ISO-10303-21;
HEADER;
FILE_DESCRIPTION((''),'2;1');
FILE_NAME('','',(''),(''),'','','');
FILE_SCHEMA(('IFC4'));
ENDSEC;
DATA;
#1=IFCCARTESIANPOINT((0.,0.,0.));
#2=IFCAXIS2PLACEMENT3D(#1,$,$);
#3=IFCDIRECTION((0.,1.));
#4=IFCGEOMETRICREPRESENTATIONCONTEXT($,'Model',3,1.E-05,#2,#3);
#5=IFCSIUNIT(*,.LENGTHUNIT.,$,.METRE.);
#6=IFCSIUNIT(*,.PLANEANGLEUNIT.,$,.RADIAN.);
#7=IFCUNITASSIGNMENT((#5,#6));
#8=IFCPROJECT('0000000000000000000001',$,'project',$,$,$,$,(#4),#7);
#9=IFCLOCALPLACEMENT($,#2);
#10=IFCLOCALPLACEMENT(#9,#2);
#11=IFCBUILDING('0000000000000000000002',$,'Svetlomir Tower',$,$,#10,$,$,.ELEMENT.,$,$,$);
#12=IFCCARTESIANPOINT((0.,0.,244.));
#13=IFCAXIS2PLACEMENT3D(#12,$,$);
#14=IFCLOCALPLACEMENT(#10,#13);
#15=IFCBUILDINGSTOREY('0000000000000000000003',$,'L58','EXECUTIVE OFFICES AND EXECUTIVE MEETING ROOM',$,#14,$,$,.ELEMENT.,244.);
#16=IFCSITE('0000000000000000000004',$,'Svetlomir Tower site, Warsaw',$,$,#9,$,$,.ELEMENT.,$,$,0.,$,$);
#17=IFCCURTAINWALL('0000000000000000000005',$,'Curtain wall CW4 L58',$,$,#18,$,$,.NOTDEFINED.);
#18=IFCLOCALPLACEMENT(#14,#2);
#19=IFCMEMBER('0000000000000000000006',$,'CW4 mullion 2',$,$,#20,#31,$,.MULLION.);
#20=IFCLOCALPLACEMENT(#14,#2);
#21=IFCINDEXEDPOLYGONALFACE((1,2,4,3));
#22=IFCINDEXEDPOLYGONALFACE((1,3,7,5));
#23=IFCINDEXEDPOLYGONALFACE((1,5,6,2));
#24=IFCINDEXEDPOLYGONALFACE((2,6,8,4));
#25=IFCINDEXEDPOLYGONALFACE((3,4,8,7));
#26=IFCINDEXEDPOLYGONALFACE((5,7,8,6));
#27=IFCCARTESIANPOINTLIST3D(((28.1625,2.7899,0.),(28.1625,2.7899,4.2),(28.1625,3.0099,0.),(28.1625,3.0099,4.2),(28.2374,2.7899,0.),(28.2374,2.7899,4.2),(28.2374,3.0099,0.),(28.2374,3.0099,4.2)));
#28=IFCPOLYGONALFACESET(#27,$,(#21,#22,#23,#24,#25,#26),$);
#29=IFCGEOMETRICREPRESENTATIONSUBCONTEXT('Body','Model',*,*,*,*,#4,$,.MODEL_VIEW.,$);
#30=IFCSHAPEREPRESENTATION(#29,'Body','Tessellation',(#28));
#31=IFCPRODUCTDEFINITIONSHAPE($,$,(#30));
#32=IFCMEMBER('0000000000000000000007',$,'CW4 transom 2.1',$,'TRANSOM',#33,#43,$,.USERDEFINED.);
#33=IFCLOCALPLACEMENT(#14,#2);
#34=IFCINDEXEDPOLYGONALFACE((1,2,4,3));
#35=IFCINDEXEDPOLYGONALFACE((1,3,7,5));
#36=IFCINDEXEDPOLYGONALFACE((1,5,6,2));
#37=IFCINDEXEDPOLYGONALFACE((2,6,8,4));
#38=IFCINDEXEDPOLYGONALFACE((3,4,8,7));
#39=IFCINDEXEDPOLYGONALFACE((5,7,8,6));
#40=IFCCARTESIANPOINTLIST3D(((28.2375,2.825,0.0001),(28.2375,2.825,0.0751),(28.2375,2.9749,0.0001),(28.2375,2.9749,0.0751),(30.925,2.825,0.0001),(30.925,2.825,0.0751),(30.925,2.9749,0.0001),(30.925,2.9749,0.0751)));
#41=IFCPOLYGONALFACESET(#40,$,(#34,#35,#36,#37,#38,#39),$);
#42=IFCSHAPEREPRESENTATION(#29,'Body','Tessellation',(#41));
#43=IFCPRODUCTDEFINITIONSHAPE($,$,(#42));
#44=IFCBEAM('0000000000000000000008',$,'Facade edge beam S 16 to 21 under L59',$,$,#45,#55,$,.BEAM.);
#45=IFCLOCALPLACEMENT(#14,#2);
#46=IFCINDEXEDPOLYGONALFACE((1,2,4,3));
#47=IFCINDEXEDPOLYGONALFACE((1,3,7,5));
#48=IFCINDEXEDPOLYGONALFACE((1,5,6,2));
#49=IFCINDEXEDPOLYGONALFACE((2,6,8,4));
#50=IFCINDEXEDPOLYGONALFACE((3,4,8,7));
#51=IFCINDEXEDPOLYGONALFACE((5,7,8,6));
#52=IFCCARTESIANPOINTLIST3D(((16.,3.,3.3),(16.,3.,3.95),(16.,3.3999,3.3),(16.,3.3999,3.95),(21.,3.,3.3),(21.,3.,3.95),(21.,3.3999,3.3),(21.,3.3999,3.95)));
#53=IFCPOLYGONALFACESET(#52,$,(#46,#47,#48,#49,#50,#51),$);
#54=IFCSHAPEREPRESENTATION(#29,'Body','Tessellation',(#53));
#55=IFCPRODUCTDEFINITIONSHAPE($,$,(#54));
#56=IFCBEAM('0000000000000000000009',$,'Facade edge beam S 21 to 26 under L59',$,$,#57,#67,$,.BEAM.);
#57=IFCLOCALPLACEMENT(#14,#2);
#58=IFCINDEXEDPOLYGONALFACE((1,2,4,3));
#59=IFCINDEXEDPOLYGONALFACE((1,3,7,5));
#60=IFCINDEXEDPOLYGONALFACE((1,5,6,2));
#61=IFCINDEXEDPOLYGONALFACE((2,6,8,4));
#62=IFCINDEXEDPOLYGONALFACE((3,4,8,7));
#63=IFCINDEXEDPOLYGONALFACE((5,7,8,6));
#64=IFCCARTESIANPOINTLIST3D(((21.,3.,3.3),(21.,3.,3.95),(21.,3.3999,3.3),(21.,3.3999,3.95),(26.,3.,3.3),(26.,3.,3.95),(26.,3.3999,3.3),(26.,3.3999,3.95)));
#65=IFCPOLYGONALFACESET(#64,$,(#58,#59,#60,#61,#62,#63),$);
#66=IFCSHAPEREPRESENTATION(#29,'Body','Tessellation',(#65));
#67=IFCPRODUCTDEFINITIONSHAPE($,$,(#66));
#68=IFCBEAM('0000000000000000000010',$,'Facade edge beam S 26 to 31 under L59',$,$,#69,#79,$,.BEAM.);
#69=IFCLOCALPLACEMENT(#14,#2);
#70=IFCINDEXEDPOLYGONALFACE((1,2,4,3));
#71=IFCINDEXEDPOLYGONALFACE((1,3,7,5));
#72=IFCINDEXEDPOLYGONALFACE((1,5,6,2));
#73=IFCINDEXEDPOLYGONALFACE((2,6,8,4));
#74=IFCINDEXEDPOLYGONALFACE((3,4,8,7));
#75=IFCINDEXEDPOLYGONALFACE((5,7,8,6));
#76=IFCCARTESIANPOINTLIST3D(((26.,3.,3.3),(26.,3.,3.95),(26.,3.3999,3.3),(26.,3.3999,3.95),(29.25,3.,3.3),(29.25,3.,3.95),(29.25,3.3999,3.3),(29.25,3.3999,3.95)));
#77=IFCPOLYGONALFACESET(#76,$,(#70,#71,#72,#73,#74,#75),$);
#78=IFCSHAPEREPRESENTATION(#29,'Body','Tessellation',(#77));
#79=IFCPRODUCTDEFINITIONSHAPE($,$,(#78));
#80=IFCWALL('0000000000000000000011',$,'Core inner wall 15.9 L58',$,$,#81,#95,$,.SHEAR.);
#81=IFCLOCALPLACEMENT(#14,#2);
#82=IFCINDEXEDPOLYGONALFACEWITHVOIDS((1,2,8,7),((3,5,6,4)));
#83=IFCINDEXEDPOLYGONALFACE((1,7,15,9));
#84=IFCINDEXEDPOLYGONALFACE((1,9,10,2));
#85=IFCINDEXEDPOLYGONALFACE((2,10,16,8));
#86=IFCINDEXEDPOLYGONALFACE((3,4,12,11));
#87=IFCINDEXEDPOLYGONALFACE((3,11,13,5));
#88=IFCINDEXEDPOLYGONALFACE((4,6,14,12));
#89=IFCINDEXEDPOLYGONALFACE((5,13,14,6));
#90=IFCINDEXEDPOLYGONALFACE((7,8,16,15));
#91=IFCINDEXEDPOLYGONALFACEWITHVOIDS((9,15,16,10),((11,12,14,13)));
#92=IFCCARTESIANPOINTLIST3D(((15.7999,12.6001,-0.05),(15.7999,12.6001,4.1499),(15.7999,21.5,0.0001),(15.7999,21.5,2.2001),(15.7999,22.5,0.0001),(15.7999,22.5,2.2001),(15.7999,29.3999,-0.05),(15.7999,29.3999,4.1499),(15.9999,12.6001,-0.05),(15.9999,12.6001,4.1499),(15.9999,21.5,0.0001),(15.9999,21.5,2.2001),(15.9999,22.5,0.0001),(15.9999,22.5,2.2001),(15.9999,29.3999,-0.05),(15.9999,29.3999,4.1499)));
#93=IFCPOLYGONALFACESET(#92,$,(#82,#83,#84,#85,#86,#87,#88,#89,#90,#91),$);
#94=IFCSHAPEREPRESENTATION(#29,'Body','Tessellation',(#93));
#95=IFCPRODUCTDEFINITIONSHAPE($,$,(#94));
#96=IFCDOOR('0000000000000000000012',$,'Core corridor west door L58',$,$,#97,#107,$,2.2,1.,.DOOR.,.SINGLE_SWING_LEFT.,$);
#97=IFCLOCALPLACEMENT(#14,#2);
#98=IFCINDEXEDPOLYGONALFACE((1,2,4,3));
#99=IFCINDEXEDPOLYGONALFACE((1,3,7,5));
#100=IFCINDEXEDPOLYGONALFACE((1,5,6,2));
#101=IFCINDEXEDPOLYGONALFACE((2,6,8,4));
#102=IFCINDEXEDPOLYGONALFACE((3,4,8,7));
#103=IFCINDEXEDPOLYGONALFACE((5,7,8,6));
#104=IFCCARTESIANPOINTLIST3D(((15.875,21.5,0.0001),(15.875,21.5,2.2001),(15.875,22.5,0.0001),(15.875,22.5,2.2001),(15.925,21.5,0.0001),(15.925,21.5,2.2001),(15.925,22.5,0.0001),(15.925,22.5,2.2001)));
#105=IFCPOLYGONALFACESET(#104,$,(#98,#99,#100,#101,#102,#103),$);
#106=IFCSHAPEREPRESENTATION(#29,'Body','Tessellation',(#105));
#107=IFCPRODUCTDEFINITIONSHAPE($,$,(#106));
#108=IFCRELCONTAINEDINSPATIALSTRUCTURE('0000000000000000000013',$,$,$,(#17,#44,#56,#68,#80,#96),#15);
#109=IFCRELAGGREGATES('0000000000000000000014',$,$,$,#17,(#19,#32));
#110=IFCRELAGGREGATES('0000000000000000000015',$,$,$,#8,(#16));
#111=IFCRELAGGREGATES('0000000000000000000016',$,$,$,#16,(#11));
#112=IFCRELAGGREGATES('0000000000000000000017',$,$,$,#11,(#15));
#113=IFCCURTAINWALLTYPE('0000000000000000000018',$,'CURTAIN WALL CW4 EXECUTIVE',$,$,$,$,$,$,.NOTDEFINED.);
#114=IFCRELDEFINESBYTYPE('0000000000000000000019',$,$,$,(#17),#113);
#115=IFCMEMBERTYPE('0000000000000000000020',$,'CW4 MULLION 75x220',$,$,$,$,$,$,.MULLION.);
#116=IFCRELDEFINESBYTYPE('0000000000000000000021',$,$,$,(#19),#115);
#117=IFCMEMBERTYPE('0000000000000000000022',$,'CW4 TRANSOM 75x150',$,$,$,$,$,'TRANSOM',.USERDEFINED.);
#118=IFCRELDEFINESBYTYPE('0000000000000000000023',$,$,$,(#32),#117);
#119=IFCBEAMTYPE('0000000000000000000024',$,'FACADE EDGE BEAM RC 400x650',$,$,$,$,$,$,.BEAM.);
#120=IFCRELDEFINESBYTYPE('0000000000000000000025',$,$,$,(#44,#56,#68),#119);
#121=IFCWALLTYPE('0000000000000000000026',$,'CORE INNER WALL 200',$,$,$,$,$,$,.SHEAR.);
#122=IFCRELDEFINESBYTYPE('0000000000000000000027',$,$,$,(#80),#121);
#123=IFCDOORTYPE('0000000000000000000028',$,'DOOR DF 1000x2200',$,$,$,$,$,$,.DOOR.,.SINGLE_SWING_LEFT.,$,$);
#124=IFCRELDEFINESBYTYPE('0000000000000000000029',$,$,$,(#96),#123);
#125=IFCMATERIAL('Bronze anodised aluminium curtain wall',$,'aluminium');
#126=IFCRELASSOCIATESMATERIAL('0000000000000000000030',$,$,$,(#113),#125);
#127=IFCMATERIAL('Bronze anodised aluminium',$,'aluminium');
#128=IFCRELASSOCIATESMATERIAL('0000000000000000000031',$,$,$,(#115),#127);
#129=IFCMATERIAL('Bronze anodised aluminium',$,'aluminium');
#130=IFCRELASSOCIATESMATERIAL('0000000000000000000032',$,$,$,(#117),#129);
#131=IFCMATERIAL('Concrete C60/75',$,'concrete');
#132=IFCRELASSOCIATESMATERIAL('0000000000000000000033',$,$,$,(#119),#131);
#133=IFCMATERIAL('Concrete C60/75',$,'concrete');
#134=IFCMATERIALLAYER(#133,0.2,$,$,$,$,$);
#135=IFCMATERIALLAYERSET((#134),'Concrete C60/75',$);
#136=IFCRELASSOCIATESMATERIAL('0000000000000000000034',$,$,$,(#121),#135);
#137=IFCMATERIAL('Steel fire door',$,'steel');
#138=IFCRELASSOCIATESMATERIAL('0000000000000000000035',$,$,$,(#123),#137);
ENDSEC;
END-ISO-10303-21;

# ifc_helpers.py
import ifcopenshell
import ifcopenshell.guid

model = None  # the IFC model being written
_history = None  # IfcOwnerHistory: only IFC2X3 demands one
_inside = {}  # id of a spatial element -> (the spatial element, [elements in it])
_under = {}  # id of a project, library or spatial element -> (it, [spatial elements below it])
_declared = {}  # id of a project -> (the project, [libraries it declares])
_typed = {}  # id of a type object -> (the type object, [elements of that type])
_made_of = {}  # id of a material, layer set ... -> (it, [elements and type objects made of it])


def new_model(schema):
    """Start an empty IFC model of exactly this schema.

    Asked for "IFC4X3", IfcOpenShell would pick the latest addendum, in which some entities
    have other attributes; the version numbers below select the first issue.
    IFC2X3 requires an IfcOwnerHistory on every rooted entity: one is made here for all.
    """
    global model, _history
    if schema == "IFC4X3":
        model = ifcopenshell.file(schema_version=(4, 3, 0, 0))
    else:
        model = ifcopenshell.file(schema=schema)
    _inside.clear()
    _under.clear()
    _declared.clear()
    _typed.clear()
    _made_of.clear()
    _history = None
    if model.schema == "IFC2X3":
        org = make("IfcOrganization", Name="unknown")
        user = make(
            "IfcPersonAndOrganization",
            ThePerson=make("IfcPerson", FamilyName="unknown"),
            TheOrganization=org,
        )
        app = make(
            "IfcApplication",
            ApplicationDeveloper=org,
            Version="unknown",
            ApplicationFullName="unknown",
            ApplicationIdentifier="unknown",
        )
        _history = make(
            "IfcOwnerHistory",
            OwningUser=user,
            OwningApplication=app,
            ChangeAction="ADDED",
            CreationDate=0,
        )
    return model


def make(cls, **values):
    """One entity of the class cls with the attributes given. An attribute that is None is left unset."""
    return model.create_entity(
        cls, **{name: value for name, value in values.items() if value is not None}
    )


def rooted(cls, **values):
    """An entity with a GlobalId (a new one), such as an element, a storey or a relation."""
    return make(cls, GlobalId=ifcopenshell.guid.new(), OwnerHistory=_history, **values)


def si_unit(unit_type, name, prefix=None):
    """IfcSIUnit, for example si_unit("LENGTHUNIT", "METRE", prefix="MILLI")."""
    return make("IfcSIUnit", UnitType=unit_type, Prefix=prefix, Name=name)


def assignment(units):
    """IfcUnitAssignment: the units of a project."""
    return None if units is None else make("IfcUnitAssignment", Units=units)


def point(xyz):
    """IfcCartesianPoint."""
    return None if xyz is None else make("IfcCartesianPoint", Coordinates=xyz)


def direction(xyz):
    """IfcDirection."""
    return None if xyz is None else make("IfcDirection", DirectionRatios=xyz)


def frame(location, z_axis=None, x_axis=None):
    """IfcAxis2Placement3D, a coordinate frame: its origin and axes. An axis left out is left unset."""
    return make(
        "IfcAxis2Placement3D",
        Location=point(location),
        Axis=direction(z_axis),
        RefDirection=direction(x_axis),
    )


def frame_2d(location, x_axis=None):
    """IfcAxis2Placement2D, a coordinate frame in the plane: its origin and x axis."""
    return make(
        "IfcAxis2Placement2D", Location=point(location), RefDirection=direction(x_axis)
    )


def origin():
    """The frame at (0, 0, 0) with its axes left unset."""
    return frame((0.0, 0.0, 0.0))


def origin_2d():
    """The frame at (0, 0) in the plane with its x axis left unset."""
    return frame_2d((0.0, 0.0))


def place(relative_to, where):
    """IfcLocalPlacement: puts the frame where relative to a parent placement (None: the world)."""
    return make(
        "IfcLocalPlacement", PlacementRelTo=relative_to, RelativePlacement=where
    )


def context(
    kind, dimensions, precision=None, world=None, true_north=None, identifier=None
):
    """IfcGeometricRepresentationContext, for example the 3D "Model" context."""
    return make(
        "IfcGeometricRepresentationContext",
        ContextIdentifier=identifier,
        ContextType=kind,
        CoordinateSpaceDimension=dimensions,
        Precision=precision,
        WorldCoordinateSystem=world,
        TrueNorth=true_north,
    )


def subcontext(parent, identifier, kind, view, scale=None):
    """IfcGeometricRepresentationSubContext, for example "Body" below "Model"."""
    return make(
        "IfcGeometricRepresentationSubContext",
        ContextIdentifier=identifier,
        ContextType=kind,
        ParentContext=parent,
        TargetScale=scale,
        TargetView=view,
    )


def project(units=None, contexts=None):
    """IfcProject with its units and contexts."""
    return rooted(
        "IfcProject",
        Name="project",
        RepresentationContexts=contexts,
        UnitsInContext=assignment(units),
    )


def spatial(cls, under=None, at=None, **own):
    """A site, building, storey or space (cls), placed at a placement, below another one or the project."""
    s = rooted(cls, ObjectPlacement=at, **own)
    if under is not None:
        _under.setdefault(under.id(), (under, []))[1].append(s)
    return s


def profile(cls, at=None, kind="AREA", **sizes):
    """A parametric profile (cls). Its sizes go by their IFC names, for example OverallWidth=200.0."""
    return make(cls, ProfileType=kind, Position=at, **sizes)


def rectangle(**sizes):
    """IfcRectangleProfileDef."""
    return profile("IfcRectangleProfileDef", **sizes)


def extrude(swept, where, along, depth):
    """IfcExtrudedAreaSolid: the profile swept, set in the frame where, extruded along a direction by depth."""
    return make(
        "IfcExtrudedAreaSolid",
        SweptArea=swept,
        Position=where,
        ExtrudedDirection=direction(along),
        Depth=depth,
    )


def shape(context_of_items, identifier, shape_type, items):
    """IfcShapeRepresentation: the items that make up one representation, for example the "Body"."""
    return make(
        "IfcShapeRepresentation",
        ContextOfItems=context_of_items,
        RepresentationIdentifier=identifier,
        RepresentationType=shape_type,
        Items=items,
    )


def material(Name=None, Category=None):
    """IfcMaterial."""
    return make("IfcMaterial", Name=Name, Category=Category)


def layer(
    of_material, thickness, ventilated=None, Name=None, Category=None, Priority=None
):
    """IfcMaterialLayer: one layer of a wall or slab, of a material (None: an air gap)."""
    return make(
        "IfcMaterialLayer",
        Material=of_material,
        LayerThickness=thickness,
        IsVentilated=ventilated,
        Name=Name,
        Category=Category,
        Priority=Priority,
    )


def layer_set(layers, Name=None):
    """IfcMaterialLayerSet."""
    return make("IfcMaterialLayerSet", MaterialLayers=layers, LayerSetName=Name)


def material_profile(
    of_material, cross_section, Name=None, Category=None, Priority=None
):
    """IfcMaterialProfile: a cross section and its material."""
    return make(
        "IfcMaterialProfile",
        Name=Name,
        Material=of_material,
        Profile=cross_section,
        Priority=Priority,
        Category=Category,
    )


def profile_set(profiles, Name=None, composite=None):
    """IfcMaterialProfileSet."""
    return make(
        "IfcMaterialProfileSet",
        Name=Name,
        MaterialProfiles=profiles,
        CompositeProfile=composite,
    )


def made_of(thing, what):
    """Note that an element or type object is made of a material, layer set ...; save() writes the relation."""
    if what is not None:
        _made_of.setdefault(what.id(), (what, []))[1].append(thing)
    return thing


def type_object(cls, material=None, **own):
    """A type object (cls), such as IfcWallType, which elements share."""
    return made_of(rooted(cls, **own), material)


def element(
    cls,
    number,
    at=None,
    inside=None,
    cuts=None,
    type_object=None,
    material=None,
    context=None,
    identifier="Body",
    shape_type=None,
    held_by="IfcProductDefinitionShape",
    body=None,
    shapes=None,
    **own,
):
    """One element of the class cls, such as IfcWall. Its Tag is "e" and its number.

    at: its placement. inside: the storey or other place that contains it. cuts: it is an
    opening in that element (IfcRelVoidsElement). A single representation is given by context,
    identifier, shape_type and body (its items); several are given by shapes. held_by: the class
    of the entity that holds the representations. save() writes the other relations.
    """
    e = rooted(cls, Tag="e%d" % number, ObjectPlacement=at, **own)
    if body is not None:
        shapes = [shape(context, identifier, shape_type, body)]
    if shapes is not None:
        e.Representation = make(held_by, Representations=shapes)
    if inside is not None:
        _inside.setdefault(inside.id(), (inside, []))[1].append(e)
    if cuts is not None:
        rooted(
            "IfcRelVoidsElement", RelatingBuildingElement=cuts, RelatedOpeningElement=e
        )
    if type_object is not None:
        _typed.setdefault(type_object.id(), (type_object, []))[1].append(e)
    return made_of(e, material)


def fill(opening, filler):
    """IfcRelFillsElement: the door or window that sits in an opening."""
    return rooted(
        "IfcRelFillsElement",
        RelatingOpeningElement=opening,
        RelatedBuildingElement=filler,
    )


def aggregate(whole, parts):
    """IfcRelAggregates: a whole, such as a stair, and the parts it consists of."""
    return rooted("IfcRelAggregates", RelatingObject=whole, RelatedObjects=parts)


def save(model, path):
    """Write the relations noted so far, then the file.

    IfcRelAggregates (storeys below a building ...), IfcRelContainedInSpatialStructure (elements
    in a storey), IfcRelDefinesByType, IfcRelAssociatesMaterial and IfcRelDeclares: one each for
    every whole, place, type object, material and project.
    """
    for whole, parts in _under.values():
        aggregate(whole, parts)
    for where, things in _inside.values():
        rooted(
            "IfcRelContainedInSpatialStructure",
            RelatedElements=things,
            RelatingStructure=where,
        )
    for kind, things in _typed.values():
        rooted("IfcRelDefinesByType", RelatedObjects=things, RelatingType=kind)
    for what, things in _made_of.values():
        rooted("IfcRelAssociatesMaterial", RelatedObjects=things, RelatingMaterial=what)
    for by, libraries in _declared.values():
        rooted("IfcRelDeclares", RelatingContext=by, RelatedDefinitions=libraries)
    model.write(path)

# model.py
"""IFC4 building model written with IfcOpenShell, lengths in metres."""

from ifc_helpers import new_model, si_unit, direction, frame, frame_2d, origin, origin_2d, place, context, subcontext, project, spatial, rectangle, extrude, material, layer, layer_set, material_profile, profile_set, type_object, element, fill, aggregate, save


model = new_model("IFC4")

# Units and contexts
model_context = context("Model", 3, precision=1e-05, world=origin(), true_north=direction((0.0, 1.0)))
body_context = subcontext(model_context, "Body", "Model", "MODEL_VIEW")
ifc_project = project(units=[si_unit("LENGTHUNIT", "METRE"), si_unit("PLANEANGLEUNIT", "RADIAN")], contexts=[model_context])

# Site, building, storey
site_placement = place(None, origin())
site = spatial("IfcSite", under=ifc_project, at=site_placement, Name="Svetlomir Tower site, Warsaw", CompositionType="ELEMENT", RefElevation=0.0)
building_placement = place(site_placement, origin())
building = spatial("IfcBuilding", under=site, at=building_placement, Name="Svetlomir Tower", CompositionType="ELEMENT")
storey_placement = place(building_placement, frame((0.0, 0.0, 244.0)))
storey = spatial("IfcBuildingStorey", under=building, at=storey_placement, Name="L58", Description="EXECUTIVE OFFICES AND EXECUTIVE MEETING ROOM", CompositionType="ELEMENT", Elevation=244.0)

# Curtain wall, members
ifc_material_1 = material(Name="Bronze anodised aluminium curtain wall", Category="aluminium")
curtain_wall_type = type_object("IfcCurtainWallType", Name="CURTAIN WALL CW4 EXECUTIVE", PredefinedType="NOTDEFINED", material=ifc_material_1)
curtain_wall_placement = place(storey_placement, origin())
curtain_wall = element("IfcCurtainWall", 1, at=curtain_wall_placement, inside=storey, type_object=curtain_wall_type, Name="Curtain wall CW4 L58", PredefinedType="NOTDEFINED")
ifc_material_2 = material(Name="Bronze anodised aluminium", Category="aluminium")
ifc_material_profile_1 = material_profile(ifc_material_2, rectangle(XDim=0.075, YDim=0.22, at=origin_2d()), Name="AL 75x220")
ifc_profile_set_1 = profile_set([ifc_material_profile_1], Name="Bronze anodised aluminium 6063-T6")
member_type_1 = type_object("IfcMemberType", Name="CW4 MULLION 75x220", PredefinedType="MULLION", material=ifc_profile_set_1)
member_1_placement = place(storey_placement, frame((28.2, 2.8999, 0.0), z_axis=(0.0, 0.0, 1.0), x_axis=(1.0, 0.0, 0.0)))
member_1 = element("IfcMember", 2, at=member_1_placement, type_object=member_type_1, Name="CW4 mullion 2", PredefinedType="MULLION", context=body_context, shape_type="SweptSolid", body=[
    extrude(rectangle(XDim=0.075, YDim=0.22, at=origin_2d()), origin(), (0.0, 0.0, 1.0), 4.2),
])
ifc_material_3 = material(Name="Bronze anodised aluminium", Category="aluminium")
ifc_material_profile_2 = material_profile(ifc_material_3, rectangle(XDim=0.1499, YDim=0.075, at=origin_2d()), Name="AL 150x75")
ifc_profile_set_2 = profile_set([ifc_material_profile_2], Name="Bronze anodised aluminium 6063-T6")
member_type_2 = type_object("IfcMemberType", Name="CW4 TRANSOM 75x150", ElementType="TRANSOM", PredefinedType="USERDEFINED", material=ifc_profile_set_2)
member_2_placement = place(storey_placement, frame((28.2375, 2.8999, 0.0376), z_axis=(1.0, 0.0, 0.0), x_axis=(0.0, 1.0, 0.0)))
member_2 = element("IfcMember", 3, at=member_2_placement, type_object=member_type_2, Name="CW4 transom 2.1", ObjectType="TRANSOM", PredefinedType="USERDEFINED", context=body_context, shape_type="SweptSolid", body=[
    extrude(rectangle(XDim=0.1499, YDim=0.075, at=origin_2d()), origin(), (0.0, 0.0, 1.0), 2.6875),
])
aggregate(curtain_wall, [member_1, member_2])

# Beams
ifc_material_4 = material(Name="Concrete C60/75", Category="concrete")
ifc_material_profile_3 = material_profile(ifc_material_4, rectangle(XDim=0.3999, YDim=0.6499, at=origin_2d()), Name="RC 400x650")
ifc_profile_set_3 = profile_set([ifc_material_profile_3], Name="Concrete C60/75")
beam_type = type_object("IfcBeamType", Name="FACADE EDGE BEAM RC 400x650", PredefinedType="BEAM", material=ifc_profile_set_3)
for number, where, z_axis, x_axis, name in (
    (4, (16.0, 3.2, 3.625), (1.0, 0.0, 0.0), (0.0, 1.0, 0.0), "Facade edge beam S 16 to 21 under L59"),
    (5, (21.0, 3.2, 3.625), (1.0, 0.0, 0.0), (0.0, 1.0, 0.0), "Facade edge beam S 21 to 26 under L59"),
):
    element("IfcBeam", number, at=place(storey_placement, frame(where, z_axis=z_axis, x_axis=x_axis)), inside=storey, type_object=beam_type, Name=name, PredefinedType="BEAM", context=body_context, shape_type="SweptSolid", body=[
        extrude(rectangle(XDim=0.3999, YDim=0.6499, at=origin_2d()), origin(), (0.0, 0.0, 1.0), 5.0),
    ])
beam_placement = place(storey_placement, frame((26.0, 3.2, 3.625), z_axis=(1.0, 0.0, 0.0), x_axis=(0.0, 1.0, 0.0)))
element("IfcBeam", 6, at=beam_placement, inside=storey, type_object=beam_type, Name="Facade edge beam S 26 to 31 under L59", PredefinedType="BEAM", context=body_context, shape_type="SweptSolid", body=[
    extrude(rectangle(XDim=0.3999, YDim=0.6499, at=origin_2d()), origin(), (0.0, 0.0, 1.0), 3.25),
])

# Wall, opening, door
ifc_material_5 = material(Name="Concrete C60/75", Category="concrete")
ifc_layer_1 = layer(ifc_material_5, 0.2)
ifc_layer_set_1 = layer_set([ifc_layer_1], Name="Concrete C60/75")
wall_type_1 = type_object("IfcWallType", Name="CORE INNER WALL 200", PredefinedType="SHEAR", material=ifc_layer_set_1)
wall_1_placement = place(storey_placement, frame((15.8999, 12.6001, -0.05), z_axis=(0.0, 0.0, 1.0), x_axis=(0.0, 1.0, 0.0)))
wall_1 = element("IfcWall", 7, at=wall_1_placement, inside=storey, type_object=wall_type_1, Name="Core inner wall 15.9 L58", PredefinedType="SHEAR", context=body_context, shape_type="SweptSolid", body=[
    extrude(rectangle(XDim=16.7998, YDim=0.2, at=frame_2d((8.3999, 0.0))), origin(), (0.0, 0.0, 1.0), 4.2),
])
opening_1_placement = place(wall_1_placement, frame((8.8999, 0.0, 0.05)))
opening_1 = element("IfcOpeningElement", 8, at=opening_1_placement, cuts=wall_1, PredefinedType="OPENING", context=body_context, shape_type="SweptSolid", body=[
    extrude(rectangle(XDim=1.0, YDim=2.2, at=frame_2d((0.5, 1.1001))), frame((0.0, 0.1099, 0.0), z_axis=(0.0, -1.0, 0.0), x_axis=(1.0, 0.0, 0.0)), (0.0, 0.0, 1.0), 0.22),
])
ifc_material_6 = material(Name="Steel fire door", Category="steel")
door_type_1 = type_object("IfcDoorType", Name="DOOR DF 1000x2200", OperationType="SINGLE_SWING_LEFT", PredefinedType="DOOR", material=ifc_material_6)
door_1_placement = place(opening_1_placement, origin())
door_1 = element("IfcDoor", 9, at=door_1_placement, inside=storey, type_object=door_type_1, Name="Core corridor west door L58", OperationType="SINGLE_SWING_LEFT", OverallHeight=2.2, OverallWidth=1.0, PredefinedType="DOOR", context=body_context, shape_type="SweptSolid", body=[
    extrude(rectangle(XDim=1.0, YDim=2.2, at=frame_2d((0.5, 1.1001))), frame((0.0, 0.0249, 0.0), z_axis=(0.0, -1.0, 0.0), x_axis=(1.0, 0.0, 0.0)), (0.0, 0.0, 1.0), 0.05),
])
fill(opening_1, door_1)

save(model, "model.ifc")
